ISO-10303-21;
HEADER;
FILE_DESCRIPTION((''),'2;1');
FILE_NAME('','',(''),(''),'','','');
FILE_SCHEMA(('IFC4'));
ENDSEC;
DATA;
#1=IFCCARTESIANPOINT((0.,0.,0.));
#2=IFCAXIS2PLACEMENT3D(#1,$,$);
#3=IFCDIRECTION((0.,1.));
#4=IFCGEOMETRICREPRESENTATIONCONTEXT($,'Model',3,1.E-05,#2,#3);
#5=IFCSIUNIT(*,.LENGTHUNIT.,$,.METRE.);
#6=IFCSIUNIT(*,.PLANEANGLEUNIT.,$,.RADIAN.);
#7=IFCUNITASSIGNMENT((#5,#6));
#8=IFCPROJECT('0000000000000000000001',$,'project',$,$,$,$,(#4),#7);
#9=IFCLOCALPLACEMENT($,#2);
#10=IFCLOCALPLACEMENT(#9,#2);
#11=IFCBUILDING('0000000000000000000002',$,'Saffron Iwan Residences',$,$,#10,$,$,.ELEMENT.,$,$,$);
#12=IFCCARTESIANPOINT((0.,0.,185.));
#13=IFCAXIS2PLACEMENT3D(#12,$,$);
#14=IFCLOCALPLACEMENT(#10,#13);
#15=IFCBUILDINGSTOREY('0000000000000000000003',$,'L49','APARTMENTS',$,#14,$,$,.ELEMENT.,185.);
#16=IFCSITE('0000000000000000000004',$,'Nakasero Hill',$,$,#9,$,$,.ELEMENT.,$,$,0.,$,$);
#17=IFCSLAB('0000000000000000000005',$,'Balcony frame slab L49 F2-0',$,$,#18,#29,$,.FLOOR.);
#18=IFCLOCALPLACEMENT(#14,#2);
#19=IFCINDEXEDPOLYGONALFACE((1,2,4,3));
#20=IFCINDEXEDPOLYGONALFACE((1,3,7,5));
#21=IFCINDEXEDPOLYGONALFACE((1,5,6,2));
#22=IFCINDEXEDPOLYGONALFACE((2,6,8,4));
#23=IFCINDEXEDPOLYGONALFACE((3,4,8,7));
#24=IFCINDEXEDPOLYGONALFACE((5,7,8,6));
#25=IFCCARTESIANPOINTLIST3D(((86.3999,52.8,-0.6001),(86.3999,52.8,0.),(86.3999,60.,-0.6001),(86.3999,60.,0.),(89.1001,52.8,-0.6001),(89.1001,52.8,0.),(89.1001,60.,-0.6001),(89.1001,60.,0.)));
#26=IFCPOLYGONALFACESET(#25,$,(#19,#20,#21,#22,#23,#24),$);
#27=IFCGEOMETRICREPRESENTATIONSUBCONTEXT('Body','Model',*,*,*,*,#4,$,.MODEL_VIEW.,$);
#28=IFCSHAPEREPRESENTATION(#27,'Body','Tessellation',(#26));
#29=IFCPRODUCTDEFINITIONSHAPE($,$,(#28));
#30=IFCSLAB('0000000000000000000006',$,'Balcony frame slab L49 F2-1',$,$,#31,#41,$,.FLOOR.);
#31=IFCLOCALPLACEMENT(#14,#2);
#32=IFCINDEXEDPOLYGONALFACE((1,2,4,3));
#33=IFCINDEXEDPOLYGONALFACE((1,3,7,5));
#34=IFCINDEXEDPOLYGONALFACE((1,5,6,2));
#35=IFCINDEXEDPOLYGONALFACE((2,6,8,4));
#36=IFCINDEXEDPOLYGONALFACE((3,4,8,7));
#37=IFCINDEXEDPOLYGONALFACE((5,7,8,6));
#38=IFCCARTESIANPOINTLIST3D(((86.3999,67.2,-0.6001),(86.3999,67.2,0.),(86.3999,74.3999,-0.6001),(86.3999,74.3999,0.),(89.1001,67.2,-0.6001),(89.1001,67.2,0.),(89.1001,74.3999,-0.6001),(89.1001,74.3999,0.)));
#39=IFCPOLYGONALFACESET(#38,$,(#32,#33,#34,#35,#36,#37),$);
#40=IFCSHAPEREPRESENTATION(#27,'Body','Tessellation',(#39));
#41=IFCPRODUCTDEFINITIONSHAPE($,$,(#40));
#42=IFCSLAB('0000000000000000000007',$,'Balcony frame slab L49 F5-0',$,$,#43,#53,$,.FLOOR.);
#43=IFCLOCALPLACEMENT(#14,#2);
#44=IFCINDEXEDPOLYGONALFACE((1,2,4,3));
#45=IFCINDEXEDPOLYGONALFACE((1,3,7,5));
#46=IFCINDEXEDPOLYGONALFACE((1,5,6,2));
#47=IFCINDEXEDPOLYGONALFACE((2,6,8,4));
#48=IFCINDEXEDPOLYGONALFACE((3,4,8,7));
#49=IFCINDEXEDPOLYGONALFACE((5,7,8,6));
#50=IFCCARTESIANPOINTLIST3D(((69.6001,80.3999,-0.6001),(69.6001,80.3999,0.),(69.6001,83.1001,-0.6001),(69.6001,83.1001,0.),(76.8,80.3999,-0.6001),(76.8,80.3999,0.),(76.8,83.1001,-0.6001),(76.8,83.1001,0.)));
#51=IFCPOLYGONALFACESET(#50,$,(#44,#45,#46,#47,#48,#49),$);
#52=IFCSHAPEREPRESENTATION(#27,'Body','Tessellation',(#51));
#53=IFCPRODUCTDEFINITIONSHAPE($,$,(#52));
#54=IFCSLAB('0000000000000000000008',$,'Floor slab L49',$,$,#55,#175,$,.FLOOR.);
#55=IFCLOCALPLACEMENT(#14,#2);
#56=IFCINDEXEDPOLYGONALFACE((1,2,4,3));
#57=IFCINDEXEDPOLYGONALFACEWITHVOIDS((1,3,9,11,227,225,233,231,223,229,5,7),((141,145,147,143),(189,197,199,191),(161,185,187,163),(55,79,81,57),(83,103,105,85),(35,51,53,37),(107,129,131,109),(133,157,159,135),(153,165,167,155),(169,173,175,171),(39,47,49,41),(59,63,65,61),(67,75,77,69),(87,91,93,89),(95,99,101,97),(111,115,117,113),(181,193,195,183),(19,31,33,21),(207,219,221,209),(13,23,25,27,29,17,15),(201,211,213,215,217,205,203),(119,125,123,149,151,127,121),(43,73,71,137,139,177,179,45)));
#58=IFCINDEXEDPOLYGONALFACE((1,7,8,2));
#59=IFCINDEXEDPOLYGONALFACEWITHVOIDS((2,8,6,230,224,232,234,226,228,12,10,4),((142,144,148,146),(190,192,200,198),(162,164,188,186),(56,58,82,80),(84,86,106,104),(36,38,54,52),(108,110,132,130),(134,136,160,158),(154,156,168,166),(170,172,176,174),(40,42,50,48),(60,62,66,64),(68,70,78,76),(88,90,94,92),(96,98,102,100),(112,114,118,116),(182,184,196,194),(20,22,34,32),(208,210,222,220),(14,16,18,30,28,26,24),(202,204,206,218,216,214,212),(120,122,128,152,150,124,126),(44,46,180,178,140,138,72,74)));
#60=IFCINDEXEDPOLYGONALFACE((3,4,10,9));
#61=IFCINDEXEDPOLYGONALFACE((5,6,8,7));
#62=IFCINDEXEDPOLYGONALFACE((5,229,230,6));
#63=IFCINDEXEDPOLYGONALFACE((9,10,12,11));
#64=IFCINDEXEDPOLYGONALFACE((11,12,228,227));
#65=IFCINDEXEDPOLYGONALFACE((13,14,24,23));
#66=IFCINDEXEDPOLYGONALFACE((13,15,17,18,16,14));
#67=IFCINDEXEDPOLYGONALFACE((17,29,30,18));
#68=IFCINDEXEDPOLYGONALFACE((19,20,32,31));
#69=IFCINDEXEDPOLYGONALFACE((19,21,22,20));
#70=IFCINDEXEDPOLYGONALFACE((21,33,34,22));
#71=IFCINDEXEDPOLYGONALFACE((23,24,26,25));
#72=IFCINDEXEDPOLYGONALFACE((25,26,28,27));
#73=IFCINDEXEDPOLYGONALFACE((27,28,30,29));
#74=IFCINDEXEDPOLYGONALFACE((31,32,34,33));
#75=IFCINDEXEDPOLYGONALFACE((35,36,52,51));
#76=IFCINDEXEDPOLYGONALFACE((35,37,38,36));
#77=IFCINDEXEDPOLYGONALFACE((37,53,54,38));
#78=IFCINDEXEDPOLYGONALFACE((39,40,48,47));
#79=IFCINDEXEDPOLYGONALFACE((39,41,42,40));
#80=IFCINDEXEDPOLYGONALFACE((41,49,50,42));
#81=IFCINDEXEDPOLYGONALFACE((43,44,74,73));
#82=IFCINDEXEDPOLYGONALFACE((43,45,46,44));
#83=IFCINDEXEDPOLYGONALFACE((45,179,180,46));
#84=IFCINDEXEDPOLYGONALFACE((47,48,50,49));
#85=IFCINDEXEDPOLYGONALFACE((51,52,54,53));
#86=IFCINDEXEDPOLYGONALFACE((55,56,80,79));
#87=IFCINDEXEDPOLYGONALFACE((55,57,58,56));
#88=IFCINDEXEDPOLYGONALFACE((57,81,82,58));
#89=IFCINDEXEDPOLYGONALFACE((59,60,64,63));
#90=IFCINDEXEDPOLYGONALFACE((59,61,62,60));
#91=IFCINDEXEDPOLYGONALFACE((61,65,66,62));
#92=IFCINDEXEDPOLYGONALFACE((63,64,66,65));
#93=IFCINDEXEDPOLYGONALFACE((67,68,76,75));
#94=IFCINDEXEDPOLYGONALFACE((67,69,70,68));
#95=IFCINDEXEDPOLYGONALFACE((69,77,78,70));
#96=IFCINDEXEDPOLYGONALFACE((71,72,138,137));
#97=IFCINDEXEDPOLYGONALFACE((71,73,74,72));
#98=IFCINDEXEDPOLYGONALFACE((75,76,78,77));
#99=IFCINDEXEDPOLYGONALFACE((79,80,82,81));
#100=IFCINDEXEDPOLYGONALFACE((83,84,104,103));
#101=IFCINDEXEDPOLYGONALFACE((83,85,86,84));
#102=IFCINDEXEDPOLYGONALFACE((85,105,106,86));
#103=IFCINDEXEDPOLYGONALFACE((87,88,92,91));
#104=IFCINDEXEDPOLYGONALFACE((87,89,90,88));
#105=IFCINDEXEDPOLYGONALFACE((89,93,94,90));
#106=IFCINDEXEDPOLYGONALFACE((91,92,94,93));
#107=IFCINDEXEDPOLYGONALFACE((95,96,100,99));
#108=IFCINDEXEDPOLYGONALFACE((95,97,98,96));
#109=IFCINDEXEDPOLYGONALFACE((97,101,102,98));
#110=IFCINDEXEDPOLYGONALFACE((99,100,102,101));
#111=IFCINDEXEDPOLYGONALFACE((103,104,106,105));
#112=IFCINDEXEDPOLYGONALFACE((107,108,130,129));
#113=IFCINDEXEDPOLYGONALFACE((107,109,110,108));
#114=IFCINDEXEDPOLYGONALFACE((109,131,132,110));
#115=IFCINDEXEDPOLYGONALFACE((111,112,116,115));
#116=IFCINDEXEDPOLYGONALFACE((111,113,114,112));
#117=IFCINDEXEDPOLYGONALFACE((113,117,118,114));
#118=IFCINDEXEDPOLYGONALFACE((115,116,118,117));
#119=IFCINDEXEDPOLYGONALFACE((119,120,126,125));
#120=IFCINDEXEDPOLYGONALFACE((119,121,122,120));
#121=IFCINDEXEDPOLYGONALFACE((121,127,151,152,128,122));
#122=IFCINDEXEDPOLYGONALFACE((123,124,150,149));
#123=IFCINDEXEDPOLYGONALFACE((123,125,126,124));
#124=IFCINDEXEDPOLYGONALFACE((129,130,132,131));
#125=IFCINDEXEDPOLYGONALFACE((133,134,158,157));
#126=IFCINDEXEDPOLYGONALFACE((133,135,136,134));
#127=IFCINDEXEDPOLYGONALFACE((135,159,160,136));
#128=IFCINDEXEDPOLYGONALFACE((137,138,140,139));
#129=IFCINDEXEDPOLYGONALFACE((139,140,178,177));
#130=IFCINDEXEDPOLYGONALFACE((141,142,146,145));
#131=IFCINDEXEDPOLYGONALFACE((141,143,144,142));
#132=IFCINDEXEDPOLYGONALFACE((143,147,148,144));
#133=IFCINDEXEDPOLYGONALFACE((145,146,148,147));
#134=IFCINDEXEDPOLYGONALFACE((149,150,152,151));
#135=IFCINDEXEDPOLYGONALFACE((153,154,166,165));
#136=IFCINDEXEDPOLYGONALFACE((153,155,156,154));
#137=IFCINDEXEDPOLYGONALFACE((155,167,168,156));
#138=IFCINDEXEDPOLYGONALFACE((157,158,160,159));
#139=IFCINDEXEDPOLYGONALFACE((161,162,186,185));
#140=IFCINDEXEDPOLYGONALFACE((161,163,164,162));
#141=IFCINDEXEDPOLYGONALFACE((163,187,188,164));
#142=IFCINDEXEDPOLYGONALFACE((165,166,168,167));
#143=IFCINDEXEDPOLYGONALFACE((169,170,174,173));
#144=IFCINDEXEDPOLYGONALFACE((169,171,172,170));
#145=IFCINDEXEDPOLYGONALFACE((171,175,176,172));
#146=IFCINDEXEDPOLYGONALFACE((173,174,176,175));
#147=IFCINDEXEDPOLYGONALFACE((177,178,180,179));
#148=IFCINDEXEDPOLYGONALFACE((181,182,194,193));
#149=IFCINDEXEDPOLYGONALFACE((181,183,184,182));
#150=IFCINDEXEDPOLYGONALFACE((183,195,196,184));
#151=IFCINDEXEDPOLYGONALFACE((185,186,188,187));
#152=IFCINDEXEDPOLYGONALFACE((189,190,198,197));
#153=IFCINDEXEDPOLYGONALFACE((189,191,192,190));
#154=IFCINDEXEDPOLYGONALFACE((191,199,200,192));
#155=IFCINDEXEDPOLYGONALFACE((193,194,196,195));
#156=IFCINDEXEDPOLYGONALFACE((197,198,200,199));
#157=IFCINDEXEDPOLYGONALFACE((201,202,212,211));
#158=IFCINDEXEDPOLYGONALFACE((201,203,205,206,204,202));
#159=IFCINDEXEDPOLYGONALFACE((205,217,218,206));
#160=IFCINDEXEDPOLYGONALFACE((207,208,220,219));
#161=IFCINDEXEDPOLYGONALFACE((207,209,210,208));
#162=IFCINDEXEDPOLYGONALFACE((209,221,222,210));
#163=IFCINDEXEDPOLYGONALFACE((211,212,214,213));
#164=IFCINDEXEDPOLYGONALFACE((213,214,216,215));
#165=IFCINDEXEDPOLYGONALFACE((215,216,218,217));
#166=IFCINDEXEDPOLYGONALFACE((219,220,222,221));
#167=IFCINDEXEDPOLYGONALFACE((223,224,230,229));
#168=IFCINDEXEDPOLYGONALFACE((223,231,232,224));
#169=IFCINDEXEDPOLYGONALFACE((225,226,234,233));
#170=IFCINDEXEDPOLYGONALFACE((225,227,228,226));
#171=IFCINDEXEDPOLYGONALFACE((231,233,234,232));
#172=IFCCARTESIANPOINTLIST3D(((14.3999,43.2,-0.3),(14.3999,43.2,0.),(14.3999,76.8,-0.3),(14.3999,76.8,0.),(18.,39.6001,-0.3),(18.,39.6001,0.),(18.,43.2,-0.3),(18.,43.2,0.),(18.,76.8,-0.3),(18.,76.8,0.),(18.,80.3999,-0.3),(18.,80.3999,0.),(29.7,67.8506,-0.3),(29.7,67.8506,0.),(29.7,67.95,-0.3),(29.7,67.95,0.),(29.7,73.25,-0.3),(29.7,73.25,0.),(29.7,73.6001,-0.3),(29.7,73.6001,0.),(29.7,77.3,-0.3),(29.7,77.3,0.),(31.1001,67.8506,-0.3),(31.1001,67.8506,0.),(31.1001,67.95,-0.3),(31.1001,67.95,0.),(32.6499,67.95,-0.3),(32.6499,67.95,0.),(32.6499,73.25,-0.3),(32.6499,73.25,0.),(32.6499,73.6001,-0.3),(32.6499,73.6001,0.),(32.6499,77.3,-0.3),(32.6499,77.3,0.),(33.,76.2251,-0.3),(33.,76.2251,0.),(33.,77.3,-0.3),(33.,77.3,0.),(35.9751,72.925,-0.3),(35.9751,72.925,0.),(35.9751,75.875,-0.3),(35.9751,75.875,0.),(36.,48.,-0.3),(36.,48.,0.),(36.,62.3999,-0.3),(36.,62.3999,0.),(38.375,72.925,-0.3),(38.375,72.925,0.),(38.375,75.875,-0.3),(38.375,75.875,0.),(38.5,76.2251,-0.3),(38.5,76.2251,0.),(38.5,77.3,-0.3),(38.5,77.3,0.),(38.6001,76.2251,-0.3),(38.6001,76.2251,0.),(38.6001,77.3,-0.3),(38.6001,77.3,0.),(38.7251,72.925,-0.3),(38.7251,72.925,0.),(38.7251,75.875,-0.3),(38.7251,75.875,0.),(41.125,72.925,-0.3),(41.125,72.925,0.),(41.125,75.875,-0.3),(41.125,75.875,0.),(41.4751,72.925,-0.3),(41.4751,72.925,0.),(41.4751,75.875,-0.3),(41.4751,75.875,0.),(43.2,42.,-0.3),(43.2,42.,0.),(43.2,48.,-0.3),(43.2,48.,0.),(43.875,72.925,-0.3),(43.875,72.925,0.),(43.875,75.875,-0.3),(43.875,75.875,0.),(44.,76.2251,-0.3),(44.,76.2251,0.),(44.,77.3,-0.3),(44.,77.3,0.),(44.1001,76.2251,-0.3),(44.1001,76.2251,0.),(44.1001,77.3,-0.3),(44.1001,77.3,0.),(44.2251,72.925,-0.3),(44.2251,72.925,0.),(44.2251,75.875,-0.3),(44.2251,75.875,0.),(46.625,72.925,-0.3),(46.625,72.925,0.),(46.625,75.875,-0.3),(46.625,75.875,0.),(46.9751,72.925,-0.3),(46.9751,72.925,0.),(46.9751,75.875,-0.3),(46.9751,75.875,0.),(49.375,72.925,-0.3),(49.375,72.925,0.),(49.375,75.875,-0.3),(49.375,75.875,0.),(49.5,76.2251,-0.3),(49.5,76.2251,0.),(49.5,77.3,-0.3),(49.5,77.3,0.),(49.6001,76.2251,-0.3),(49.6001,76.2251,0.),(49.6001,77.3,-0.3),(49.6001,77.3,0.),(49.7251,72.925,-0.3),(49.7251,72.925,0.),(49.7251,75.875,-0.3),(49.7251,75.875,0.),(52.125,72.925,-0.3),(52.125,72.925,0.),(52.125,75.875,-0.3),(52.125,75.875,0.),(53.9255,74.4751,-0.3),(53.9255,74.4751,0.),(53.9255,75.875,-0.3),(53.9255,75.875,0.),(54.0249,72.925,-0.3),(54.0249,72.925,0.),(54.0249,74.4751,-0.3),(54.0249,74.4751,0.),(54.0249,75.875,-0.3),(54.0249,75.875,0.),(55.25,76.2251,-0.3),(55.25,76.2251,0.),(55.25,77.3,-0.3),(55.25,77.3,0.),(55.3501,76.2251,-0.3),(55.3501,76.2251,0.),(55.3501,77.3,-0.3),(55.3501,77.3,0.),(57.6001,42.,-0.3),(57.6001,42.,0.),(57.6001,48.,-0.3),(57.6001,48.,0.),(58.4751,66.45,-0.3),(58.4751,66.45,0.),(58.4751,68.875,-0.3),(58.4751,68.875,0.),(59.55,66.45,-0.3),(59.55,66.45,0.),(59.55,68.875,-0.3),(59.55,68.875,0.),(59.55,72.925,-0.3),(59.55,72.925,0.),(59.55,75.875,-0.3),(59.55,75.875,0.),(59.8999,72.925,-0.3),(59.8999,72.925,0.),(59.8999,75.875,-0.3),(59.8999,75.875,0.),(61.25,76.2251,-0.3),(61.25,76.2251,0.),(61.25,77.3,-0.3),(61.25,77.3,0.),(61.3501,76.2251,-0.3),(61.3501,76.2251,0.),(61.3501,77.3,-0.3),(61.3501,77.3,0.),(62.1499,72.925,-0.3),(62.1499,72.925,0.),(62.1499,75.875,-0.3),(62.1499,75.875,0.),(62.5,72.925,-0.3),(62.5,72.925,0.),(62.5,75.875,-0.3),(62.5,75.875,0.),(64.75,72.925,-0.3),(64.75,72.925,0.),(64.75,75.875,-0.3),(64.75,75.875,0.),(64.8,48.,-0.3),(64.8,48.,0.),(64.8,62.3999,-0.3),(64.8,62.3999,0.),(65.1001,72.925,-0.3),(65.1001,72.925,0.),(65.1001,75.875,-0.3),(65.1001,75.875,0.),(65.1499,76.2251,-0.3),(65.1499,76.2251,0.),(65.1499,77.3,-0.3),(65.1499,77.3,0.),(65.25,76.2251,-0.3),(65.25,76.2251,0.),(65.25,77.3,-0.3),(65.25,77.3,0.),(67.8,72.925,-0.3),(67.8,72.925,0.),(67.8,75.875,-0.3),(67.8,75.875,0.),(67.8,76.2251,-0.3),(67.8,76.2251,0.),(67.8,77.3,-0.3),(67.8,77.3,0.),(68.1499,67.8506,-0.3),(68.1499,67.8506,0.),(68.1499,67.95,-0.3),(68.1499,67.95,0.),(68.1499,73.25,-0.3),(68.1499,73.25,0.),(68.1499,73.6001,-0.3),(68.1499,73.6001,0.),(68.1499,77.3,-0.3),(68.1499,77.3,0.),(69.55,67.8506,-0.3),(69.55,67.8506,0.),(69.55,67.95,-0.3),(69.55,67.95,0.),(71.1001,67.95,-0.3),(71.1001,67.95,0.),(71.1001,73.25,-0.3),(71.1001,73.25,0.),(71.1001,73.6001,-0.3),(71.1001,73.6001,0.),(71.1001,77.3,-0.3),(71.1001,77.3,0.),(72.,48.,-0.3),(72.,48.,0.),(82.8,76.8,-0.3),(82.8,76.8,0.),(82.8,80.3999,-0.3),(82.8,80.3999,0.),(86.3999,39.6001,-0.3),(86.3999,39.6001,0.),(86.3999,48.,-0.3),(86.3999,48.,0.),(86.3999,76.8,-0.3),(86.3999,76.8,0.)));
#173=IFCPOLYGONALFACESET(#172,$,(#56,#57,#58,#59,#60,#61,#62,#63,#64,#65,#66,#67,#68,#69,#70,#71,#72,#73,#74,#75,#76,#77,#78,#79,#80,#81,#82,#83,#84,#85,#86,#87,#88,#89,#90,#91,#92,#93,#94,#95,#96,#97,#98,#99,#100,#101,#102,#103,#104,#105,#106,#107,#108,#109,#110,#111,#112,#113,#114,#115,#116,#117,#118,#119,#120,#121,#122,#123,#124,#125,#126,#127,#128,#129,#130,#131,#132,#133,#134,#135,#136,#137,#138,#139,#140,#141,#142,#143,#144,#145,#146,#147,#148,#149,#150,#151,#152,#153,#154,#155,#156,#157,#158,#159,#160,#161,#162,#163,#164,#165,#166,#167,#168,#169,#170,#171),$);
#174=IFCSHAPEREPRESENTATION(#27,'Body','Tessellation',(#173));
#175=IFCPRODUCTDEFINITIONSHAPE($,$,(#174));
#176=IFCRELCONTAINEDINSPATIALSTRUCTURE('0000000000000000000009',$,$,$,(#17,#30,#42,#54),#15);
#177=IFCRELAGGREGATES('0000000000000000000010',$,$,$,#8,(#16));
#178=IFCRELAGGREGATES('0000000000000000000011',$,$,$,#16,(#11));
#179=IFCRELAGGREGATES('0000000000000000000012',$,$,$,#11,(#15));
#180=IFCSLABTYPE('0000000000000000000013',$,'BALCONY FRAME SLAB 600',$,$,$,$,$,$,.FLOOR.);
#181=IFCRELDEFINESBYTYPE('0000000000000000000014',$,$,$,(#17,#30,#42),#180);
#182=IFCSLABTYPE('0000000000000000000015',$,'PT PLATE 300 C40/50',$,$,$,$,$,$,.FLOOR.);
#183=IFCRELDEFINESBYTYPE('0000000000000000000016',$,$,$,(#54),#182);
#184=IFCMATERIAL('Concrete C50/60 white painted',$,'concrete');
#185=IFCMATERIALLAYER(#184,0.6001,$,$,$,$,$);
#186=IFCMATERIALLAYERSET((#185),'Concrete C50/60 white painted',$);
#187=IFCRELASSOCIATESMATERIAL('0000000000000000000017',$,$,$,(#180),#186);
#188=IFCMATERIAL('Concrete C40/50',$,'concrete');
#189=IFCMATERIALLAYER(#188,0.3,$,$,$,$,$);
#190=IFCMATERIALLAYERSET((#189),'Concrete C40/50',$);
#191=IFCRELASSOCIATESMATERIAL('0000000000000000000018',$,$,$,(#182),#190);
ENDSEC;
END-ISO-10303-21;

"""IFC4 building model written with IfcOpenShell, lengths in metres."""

from ifc_helpers import new_model, si_unit, direction, frame, origin, place, context, subcontext, project, spatial, polyline, outline, extrude, material, layer, layer_set, type_object, element, save


model = new_model("IFC4")

# Units and contexts
model_context = context("Model", 3, precision=1e-05, world=origin(), true_north=direction((0.0, 1.0)))
body_context = subcontext(model_context, "Body", "Model", "MODEL_VIEW")
ifc_project = project(units=[si_unit("LENGTHUNIT", "METRE"), si_unit("PLANEANGLEUNIT", "RADIAN")], contexts=[model_context])

# Site, building, storey
site_placement = place(None, origin())
site = spatial("IfcSite", under=ifc_project, at=site_placement, Name="Nakasero Hill", CompositionType="ELEMENT", RefElevation=0.0)
building_placement = place(site_placement, origin())
building = spatial("IfcBuilding", under=site, at=building_placement, Name="Saffron Iwan Residences", CompositionType="ELEMENT")
storey_placement = place(building_placement, frame((0.0, 0.0, 185.0)))
storey = spatial("IfcBuildingStorey", under=building, at=storey_placement, Name="L49", Description="APARTMENTS", CompositionType="ELEMENT", Elevation=185.0)

# Slabs
ifc_material_1 = material(Name="Concrete C50/60 white painted", Category="concrete")
ifc_layer_1 = layer(ifc_material_1, 0.6001)
ifc_layer_set_1 = layer_set([ifc_layer_1], Name="Concrete C50/60 white painted")
slab_type_1 = type_object("IfcSlabType", Name="BALCONY FRAME SLAB 600", PredefinedType="FLOOR", material=ifc_layer_set_1)
slab_1_placement = place(storey_placement, frame((0.0, 0.0, -0.6001)))
element("IfcSlab", 1, at=slab_1_placement, inside=storey, type_object=slab_type_1, Name="Balcony frame slab L49 F2-0", PredefinedType="FLOOR", context=body_context, shape_type="SweptSolid", body=[
    extrude(outline(polyline([(89.1001, 52.8), (89.1001, 60.0), (86.3999, 60.0), (86.3999, 52.8), (89.1001, 52.8)])), origin(), (0.0, 0.0, 1.0), 0.6001),
])
slab_2_placement = place(storey_placement, frame((0.0, 0.0, -0.6001)))
element("IfcSlab", 2, at=slab_2_placement, inside=storey, type_object=slab_type_1, Name="Balcony frame slab L49 F2-1", PredefinedType="FLOOR", context=body_context, shape_type="SweptSolid", body=[
    extrude(outline(polyline([(89.1001, 67.2), (89.1001, 74.3999), (86.3999, 74.3999), (86.3999, 67.2), (89.1001, 67.2)])), origin(), (0.0, 0.0, 1.0), 0.6001),
])
slab_3_placement = place(storey_placement, frame((0.0, 0.0, -0.6001)))
element("IfcSlab", 3, at=slab_3_placement, inside=storey, type_object=slab_type_1, Name="Balcony frame slab L49 F5-0", PredefinedType="FLOOR", context=body_context, shape_type="SweptSolid", body=[
    extrude(outline(polyline([(76.8, 83.1001), (69.6001, 83.1001), (69.6001, 80.3999), (76.8, 80.3999), (76.8, 83.1001)])), origin(), (0.0, 0.0, 1.0), 0.6001),
])
ifc_material_2 = material(Name="Concrete C40/50", Category="concrete")
ifc_layer_2 = layer(ifc_material_2, 0.3)
ifc_layer_set_2 = layer_set([ifc_layer_2], Name="Concrete C40/50")
slab_type_2 = type_object("IfcSlabType", Name="PT PLATE 300 C40/50", PredefinedType="FLOOR", material=ifc_layer_set_2)
slab_4_placement = place(storey_placement, frame((0.0, 0.0, -0.3)))
element("IfcSlab", 4, at=slab_4_placement, inside=storey, type_object=slab_type_2, Name="Floor slab L49", PredefinedType="FLOOR", context=body_context, shape_type="SweptSolid", body=[
    extrude(outline(polyline([(14.3999, 43.2), (14.3999, 76.8), (18.0, 76.8), (18.0, 80.3999), (82.8, 80.3999), (82.8, 76.8), (86.3999, 76.8), (86.3999, 48.0), (72.0, 48.0), (86.3999, 39.6001), (18.0, 39.6001), (18.0, 43.2), (14.3999, 43.2)]), holes=[polyline([(64.8, 48.0), (64.8, 62.3999), (36.0, 62.3999), (36.0, 48.0), (43.2, 48.0), (43.2, 42.0), (57.6001, 42.0), (57.6001, 48.0), (64.8, 48.0)]), polyline([(29.7, 73.25), (29.7, 67.95), (29.7, 67.8506), (31.1001, 67.8506), (31.1001, 67.95), (32.6499, 67.95), (32.6499, 73.25), (29.7, 73.25)]), polyline([(38.375, 75.875), (35.9751, 75.875), (35.9751, 72.925), (38.375, 72.925), (38.375, 75.875)]), polyline([(41.125, 75.875), (38.7251, 75.875), (38.7251, 72.925), (41.125, 72.925), (41.125, 75.875)]), polyline([(43.875, 72.925), (43.875, 75.875), (41.4751, 75.875), (41.4751, 72.925), (43.875, 72.925)]), polyline([(46.625, 72.925), (46.625, 75.875), (44.2251, 75.875), (44.2251, 72.925), (46.625, 72.925)]), polyline([(49.375, 75.875), (46.9751, 75.875), (46.9751, 72.925), (49.375, 72.925), (49.375, 75.875)]), polyline([(52.125, 72.925), (52.125, 75.875), (49.7251, 75.875), (49.7251, 72.925), (52.125, 72.925)]), polyline([(32.6499, 73.6001), (32.6499, 77.3), (29.7, 77.3), (29.7, 73.6001), (32.6499, 73.6001)]), polyline([(38.5, 77.3), (33.0, 77.3), (33.0, 76.2251), (38.5, 76.2251), (38.5, 77.3)]), polyline([(44.0, 76.2251), (44.0, 77.3), (38.6001, 77.3), (38.6001, 76.2251), (44.0, 76.2251)]), polyline([(49.5, 76.2251), (49.5, 77.3), (44.1001, 77.3), (44.1001, 76.2251), (49.5, 76.2251)]), polyline([(59.55, 68.875), (58.4751, 68.875), (58.4751, 66.45), (59.55, 66.45), (59.55, 68.875)]), polyline([(68.1499, 73.25), (68.1499, 67.95), (68.1499, 67.8506), (69.55, 67.8506), (69.55, 67.95), (71.1001, 67.95), (71.1001, 73.25), (68.1499, 73.25)]), polyline([(54.0249, 74.4751), (54.0249, 72.925), (59.55, 72.925), (59.55, 75.875), (54.0249, 75.875), (53.9255, 75.875), (53.9255, 74.4751), (54.0249, 74.4751)]), polyline([(62.1499, 72.925), (62.1499, 75.875), (59.8999, 75.875), (59.8999, 72.925), (62.1499, 72.925)]), polyline([(64.75, 72.925), (64.75, 75.875), (62.5, 75.875), (62.5, 72.925), (64.75, 72.925)]), polyline([(67.8, 75.875), (65.1001, 75.875), (65.1001, 72.925), (67.8, 72.925), (67.8, 75.875)]), polyline([(71.1001, 73.6001), (71.1001, 77.3), (68.1499, 77.3), (68.1499, 73.6001), (71.1001, 73.6001)]), polyline([(55.25, 76.2251), (55.25, 77.3), (49.6001, 77.3), (49.6001, 76.2251), (55.25, 76.2251)]), polyline([(61.25, 77.3), (55.3501, 77.3), (55.3501, 76.2251), (61.25, 76.2251), (61.25, 77.3)]), polyline([(65.1499, 76.2251), (65.1499, 77.3), (61.3501, 77.3), (61.3501, 76.2251), (65.1499, 76.2251)]), polyline([(67.8, 76.2251), (67.8, 77.3), (65.25, 77.3), (65.25, 76.2251), (67.8, 76.2251)])]), origin(), (0.0, 0.0, 1.0), 0.3),
])

save(model, "model.ifc")
